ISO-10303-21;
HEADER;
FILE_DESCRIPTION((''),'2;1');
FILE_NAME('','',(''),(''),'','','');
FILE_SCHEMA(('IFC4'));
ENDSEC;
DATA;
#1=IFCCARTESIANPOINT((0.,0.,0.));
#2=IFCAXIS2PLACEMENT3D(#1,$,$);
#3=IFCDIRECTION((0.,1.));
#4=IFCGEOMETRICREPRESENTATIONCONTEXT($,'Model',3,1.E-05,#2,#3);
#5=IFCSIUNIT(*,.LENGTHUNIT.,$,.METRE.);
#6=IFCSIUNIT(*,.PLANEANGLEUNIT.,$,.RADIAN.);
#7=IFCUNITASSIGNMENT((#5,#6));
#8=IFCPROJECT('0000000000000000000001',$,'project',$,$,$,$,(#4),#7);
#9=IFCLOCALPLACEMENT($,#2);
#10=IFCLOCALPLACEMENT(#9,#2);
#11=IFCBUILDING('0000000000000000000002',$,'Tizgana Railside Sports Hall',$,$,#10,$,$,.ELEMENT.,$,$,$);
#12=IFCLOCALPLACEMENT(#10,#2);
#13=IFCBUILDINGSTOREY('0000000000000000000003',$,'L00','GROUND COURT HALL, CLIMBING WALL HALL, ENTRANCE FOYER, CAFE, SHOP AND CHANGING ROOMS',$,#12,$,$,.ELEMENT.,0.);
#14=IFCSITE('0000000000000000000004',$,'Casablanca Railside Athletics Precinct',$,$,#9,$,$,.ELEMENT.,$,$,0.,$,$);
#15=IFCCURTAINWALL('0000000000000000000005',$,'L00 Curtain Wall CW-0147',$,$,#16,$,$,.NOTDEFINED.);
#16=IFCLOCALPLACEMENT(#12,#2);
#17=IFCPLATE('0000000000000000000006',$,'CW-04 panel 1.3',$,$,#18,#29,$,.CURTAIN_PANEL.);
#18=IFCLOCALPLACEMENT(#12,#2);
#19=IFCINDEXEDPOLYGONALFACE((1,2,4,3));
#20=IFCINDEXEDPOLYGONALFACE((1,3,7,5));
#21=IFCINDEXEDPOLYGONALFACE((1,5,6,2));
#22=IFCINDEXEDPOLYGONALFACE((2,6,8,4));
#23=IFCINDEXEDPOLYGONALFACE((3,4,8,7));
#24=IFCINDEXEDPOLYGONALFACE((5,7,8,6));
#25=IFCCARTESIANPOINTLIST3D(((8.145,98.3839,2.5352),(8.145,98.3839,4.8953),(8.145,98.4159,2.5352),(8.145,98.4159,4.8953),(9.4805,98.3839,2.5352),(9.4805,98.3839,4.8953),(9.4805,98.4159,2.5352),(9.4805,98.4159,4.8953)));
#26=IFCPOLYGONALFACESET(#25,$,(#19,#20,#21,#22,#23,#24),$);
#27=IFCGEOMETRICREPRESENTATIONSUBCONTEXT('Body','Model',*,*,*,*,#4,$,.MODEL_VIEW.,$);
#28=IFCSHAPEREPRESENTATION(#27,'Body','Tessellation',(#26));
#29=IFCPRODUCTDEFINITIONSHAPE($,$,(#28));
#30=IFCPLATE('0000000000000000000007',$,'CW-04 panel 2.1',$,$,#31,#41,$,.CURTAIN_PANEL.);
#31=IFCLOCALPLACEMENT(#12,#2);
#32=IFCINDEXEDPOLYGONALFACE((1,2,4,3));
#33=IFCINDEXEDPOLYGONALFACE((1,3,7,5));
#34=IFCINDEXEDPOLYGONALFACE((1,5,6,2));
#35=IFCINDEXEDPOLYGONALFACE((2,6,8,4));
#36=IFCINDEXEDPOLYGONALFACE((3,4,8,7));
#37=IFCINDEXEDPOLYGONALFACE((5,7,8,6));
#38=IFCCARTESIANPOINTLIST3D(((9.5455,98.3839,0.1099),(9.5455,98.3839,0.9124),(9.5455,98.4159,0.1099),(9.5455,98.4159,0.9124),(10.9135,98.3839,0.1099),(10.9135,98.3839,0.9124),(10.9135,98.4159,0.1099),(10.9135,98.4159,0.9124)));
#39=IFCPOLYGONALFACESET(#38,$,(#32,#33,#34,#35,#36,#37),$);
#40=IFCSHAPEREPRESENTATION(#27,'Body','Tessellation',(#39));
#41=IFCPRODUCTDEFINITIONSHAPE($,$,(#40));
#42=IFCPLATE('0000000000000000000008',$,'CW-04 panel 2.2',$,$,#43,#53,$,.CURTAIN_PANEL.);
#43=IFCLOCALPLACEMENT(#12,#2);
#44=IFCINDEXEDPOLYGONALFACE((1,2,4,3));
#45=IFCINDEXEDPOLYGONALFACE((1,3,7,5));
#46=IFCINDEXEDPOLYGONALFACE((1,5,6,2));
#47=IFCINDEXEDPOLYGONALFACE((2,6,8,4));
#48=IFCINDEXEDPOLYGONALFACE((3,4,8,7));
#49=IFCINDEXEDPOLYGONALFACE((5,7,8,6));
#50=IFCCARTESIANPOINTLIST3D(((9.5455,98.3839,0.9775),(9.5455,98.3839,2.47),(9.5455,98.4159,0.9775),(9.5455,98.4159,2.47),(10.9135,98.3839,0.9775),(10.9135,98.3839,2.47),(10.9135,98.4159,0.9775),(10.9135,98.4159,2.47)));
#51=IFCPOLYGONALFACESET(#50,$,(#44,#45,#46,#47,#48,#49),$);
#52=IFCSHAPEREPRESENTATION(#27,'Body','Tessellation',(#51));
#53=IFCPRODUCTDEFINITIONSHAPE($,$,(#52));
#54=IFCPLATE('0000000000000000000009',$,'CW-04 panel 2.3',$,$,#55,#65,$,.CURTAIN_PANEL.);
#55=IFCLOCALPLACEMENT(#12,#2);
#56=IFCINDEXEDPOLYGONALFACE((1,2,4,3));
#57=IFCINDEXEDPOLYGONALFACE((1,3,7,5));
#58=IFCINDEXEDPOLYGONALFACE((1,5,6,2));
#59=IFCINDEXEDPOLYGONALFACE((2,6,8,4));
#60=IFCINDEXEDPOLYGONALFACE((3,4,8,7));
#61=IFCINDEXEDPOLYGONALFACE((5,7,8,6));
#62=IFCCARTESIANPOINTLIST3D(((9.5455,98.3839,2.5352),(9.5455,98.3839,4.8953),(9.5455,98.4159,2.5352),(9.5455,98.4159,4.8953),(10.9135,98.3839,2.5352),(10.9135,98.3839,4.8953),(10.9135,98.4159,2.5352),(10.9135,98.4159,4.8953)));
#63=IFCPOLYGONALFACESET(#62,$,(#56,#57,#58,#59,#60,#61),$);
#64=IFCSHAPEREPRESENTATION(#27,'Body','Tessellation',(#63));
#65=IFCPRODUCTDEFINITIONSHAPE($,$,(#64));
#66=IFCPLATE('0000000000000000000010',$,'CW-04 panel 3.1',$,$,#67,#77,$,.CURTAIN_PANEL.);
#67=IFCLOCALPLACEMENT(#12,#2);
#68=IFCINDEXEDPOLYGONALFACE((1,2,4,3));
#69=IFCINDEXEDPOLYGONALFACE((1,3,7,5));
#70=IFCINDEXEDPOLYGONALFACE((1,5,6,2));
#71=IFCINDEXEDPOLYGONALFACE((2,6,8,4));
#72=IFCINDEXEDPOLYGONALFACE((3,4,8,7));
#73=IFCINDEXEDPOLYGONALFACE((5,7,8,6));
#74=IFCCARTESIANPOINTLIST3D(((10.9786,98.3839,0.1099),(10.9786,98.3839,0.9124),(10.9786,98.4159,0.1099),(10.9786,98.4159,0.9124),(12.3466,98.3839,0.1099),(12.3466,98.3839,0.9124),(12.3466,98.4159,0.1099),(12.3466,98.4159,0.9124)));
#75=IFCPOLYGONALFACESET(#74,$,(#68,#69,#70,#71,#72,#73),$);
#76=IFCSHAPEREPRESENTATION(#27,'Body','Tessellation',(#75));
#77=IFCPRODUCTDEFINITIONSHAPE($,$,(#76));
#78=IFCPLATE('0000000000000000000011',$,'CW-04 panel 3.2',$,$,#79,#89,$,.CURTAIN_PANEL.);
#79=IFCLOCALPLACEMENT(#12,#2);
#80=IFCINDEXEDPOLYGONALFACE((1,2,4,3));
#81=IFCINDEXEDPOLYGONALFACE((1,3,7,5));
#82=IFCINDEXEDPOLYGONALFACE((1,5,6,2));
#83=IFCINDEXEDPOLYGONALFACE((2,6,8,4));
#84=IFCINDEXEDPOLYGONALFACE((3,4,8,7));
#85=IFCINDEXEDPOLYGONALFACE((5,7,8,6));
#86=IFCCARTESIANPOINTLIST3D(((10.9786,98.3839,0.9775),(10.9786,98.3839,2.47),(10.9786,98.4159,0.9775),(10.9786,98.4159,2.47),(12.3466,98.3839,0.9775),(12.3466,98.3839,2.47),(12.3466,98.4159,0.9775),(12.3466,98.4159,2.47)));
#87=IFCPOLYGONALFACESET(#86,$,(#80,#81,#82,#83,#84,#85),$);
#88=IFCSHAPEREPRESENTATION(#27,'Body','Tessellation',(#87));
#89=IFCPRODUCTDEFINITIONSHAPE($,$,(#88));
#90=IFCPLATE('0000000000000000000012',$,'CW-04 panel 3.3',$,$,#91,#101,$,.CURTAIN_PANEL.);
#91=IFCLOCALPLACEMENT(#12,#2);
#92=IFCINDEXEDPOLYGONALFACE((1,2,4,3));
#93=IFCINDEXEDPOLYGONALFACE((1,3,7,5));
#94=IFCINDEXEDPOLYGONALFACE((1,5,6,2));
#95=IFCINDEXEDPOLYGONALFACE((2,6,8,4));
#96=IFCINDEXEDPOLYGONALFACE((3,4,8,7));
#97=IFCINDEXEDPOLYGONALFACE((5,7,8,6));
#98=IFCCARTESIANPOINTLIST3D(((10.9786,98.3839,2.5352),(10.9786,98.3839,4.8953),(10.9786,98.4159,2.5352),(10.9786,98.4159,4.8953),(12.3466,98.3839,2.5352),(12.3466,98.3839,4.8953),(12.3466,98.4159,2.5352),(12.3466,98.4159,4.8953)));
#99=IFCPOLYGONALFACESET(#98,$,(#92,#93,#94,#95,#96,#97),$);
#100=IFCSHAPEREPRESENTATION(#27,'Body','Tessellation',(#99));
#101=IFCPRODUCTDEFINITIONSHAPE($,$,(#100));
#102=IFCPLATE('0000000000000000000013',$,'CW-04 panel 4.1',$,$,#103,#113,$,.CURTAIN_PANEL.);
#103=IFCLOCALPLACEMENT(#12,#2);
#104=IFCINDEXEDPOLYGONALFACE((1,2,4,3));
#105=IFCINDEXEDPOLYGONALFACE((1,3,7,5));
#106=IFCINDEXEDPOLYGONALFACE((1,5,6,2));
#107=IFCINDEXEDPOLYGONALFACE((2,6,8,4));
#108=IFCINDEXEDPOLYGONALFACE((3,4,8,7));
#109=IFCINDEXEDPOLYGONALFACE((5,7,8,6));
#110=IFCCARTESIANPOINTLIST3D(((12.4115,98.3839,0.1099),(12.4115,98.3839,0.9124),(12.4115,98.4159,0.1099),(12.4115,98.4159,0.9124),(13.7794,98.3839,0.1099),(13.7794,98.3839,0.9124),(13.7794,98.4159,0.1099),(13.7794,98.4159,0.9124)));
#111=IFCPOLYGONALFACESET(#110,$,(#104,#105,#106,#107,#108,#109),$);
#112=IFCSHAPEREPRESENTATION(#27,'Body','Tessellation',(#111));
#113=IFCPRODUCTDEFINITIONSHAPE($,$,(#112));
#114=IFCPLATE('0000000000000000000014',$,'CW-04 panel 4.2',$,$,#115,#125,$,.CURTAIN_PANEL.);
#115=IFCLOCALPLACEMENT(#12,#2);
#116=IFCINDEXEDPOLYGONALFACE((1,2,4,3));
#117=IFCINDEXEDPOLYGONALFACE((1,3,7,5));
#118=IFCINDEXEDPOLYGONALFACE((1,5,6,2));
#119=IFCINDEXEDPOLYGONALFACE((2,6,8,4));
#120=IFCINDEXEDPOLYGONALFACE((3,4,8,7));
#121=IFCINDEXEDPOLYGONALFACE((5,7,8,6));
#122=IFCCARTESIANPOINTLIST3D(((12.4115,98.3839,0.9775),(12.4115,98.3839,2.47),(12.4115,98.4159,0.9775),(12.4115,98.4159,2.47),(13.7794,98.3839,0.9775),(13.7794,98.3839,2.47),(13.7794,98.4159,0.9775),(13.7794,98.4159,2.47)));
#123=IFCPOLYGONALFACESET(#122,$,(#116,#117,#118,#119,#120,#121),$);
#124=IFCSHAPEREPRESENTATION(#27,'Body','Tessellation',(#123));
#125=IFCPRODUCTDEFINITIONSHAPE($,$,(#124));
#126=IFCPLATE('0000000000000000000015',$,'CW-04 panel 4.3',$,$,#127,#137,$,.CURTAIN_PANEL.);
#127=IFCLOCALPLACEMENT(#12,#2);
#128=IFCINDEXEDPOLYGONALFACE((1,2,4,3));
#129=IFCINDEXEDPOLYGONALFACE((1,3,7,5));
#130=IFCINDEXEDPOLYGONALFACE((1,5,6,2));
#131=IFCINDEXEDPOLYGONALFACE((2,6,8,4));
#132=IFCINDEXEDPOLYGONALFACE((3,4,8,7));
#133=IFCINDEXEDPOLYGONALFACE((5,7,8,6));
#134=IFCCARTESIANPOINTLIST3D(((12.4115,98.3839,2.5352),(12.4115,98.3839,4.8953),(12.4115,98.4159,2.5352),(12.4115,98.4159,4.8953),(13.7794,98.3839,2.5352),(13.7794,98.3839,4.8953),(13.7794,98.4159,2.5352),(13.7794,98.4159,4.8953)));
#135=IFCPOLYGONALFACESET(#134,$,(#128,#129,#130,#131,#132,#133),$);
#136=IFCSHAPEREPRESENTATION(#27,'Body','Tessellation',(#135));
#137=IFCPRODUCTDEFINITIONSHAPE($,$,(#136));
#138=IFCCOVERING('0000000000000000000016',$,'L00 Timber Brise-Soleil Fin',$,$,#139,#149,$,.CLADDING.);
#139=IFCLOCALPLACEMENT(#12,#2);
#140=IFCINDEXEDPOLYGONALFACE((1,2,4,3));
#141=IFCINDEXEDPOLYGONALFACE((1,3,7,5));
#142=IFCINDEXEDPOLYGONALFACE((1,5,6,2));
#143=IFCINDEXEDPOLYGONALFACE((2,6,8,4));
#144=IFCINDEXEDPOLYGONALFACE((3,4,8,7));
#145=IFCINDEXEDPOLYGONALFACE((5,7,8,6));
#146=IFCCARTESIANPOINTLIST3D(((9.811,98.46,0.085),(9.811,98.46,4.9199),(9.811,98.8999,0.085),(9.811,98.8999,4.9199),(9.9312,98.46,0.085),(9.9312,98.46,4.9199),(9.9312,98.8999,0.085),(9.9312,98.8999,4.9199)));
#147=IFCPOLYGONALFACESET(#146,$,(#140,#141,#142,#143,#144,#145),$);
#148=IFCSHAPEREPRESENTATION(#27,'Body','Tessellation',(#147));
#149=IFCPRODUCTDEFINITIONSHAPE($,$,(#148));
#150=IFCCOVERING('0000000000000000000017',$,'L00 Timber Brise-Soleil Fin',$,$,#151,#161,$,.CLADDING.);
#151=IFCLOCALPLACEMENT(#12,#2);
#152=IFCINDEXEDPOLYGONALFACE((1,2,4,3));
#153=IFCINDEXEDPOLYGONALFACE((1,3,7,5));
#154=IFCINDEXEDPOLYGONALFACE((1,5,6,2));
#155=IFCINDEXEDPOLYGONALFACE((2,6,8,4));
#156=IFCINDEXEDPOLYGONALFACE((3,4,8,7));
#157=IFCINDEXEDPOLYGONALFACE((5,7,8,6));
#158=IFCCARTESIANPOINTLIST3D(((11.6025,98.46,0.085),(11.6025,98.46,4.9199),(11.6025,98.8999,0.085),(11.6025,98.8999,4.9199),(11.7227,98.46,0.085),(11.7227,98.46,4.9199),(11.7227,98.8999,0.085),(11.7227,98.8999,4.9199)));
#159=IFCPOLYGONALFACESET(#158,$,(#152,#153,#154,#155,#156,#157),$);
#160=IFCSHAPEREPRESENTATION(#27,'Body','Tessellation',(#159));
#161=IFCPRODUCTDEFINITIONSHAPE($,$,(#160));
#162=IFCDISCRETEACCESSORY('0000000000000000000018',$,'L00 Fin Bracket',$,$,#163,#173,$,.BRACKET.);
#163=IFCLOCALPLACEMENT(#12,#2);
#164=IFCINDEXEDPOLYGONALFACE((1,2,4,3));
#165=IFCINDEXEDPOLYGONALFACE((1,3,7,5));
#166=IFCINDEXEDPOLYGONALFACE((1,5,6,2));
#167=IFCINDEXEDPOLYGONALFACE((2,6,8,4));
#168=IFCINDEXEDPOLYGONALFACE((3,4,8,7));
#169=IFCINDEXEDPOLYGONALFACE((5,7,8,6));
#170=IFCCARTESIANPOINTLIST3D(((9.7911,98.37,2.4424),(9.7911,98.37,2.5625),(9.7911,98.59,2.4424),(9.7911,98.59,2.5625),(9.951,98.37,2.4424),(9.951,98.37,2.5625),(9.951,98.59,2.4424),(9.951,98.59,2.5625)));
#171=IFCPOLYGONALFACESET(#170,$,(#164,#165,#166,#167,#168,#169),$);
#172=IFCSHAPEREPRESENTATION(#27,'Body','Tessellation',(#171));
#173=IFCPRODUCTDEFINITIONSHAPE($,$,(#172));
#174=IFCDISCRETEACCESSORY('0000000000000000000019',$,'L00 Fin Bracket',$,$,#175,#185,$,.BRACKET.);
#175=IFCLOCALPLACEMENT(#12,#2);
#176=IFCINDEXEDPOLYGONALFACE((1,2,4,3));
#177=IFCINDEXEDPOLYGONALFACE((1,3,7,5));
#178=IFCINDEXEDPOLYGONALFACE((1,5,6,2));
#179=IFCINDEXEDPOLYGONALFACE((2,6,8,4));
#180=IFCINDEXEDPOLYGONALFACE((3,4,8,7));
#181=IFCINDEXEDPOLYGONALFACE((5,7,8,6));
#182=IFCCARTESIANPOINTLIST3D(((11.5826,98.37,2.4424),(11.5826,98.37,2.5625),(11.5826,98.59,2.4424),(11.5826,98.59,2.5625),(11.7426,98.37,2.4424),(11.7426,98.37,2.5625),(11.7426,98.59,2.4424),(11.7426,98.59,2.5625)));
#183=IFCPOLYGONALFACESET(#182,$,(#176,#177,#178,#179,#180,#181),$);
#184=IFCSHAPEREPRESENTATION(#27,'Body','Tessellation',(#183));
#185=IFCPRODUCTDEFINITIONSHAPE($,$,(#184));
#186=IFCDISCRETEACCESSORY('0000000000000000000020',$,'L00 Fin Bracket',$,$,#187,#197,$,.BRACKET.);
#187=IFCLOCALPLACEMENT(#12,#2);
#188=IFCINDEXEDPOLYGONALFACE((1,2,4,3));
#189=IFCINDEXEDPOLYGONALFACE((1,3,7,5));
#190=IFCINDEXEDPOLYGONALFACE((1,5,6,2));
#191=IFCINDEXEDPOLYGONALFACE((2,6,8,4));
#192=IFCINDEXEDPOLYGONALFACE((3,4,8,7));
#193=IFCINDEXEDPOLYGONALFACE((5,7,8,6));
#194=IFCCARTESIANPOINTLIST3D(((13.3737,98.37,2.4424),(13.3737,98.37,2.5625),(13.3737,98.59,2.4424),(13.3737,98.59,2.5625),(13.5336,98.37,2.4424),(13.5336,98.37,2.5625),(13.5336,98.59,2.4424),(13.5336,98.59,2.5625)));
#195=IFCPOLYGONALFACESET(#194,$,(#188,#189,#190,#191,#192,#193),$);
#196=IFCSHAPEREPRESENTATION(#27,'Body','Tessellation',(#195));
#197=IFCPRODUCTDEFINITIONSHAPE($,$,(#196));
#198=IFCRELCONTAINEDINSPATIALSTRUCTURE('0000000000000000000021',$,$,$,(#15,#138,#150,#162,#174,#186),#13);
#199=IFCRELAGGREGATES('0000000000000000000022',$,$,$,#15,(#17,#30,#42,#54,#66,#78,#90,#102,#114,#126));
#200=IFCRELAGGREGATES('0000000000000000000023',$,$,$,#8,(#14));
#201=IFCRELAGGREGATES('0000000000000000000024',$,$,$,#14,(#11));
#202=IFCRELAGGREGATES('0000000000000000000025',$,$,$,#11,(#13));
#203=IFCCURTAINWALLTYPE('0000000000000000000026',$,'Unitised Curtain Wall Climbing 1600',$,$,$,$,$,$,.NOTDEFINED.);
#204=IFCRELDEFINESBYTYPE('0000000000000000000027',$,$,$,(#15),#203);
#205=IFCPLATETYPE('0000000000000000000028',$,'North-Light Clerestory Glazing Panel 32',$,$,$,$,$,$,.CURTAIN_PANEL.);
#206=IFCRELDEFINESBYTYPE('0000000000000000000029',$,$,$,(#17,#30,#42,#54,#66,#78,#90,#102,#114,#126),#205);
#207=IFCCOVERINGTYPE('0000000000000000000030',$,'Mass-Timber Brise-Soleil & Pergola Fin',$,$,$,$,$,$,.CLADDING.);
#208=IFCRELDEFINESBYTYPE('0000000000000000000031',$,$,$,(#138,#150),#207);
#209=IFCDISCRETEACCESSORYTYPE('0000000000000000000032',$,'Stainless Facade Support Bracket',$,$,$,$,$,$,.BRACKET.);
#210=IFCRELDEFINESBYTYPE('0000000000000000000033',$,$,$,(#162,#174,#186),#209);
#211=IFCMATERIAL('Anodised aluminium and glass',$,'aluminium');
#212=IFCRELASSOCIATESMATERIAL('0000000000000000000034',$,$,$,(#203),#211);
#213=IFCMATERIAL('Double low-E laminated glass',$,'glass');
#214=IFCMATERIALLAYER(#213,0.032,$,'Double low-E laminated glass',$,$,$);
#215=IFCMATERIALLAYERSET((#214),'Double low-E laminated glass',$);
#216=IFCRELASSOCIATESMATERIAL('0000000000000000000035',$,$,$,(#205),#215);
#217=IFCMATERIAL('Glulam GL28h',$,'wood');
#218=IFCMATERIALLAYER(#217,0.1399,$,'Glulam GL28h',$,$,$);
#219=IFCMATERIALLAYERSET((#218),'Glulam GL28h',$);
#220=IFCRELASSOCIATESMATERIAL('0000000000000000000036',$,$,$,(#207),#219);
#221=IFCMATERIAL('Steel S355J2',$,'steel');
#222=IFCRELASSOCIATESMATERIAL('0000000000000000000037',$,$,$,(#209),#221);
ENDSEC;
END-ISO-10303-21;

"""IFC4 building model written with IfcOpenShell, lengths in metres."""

from ifc_helpers import new_model, si_unit, direction, frame, origin, origin_2d, place, context, subcontext, project, spatial, rectangle, extrude, material, layer, layer_set, type_object, element, aggregate, save


model = new_model("IFC4")

# Units and contexts
model_context = context("Model", 3, precision=1e-05, world=origin(), true_north=direction((0.0, 1.0)))
body_context = subcontext(model_context, "Body", "Model", "MODEL_VIEW")
ifc_project = project(units=[si_unit("LENGTHUNIT", "METRE"), si_unit("PLANEANGLEUNIT", "RADIAN")], contexts=[model_context])

# Site, building, storey
site_placement = place(None, origin())
site = spatial("IfcSite", under=ifc_project, at=site_placement, Name="Casablanca Railside Athletics Precinct", CompositionType="ELEMENT", RefElevation=0.0)
building_placement = place(site_placement, origin())
building = spatial("IfcBuilding", under=site, at=building_placement, Name="Tizgana Railside Sports Hall", CompositionType="ELEMENT")
storey_placement = place(building_placement, origin())
storey = spatial("IfcBuildingStorey", under=building, at=storey_placement, Name="L00", Description="GROUND COURT HALL, CLIMBING WALL HALL, ENTRANCE FOYER, CAFE, SHOP AND CHANGING ROOMS", CompositionType="ELEMENT", Elevation=0.0)

# Curtain wall, plates
ifc_material_1 = material(Name="Anodised aluminium and glass", Category="aluminium")
curtain_wall_type = type_object("IfcCurtainWallType", Name="Unitised Curtain Wall Climbing 1600", PredefinedType="NOTDEFINED", material=ifc_material_1)
curtain_wall_placement = place(storey_placement, origin())
curtain_wall = element("IfcCurtainWall", 1, at=curtain_wall_placement, inside=storey, type_object=curtain_wall_type, Name="L00 Curtain Wall CW-0147", PredefinedType="NOTDEFINED")
ifc_material_2 = material(Name="Double low-E laminated glass", Category="glass")
ifc_layer_1 = layer(ifc_material_2, 0.032, Name="Double low-E laminated glass")
ifc_layer_set_1 = layer_set([ifc_layer_1], Name="Double low-E laminated glass")
plate_type = type_object("IfcPlateType", Name="North-Light Clerestory Glazing Panel 32", PredefinedType="CURTAIN_PANEL", material=ifc_layer_set_1)
plate_1_placement = place(storey_placement, frame((8.8127, 98.3999, 2.5352), z_axis=(0.0, 0.0, 1.0), x_axis=(1.0, 0.0, 0.0)))
plate_1 = element("IfcPlate", 2, at=plate_1_placement, type_object=plate_type, Name="CW-04 panel 1.3", PredefinedType="CURTAIN_PANEL", context=body_context, shape_type="SweptSolid", body=[
    extrude(rectangle(XDim=1.3354, YDim=0.032, at=origin_2d()), origin(), (0.0, 0.0, 1.0), 2.3601),
])
plate_2_placement = place(storey_placement, frame((10.2295, 98.3999, 0.1099), z_axis=(0.0, 0.0, 1.0), x_axis=(1.0, 0.0, 0.0)))
plate_2 = element("IfcPlate", 3, at=plate_2_placement, type_object=plate_type, Name="CW-04 panel 2.1", PredefinedType="CURTAIN_PANEL", context=body_context, shape_type="SweptSolid", body=[
    extrude(rectangle(XDim=1.3679, YDim=0.032, at=origin_2d()), origin(), (0.0, 0.0, 1.0), 0.8025),
])
plate_3_placement = place(storey_placement, frame((10.2295, 98.3999, 0.9775), z_axis=(0.0, 0.0, 1.0), x_axis=(1.0, 0.0, 0.0)))
plate_3 = element("IfcPlate", 4, at=plate_3_placement, type_object=plate_type, Name="CW-04 panel 2.2", PredefinedType="CURTAIN_PANEL", context=body_context, shape_type="SweptSolid", body=[
    extrude(rectangle(XDim=1.3679, YDim=0.032, at=origin_2d()), origin(), (0.0, 0.0, 1.0), 1.4924),
])
plate_4_placement = place(storey_placement, frame((10.2295, 98.3999, 2.5352), z_axis=(0.0, 0.0, 1.0), x_axis=(1.0, 0.0, 0.0)))
plate_4 = element("IfcPlate", 5, at=plate_4_placement, type_object=plate_type, Name="CW-04 panel 2.3", PredefinedType="CURTAIN_PANEL", context=body_context, shape_type="SweptSolid", body=[
    extrude(rectangle(XDim=1.3679, YDim=0.032, at=origin_2d()), origin(), (0.0, 0.0, 1.0), 2.3601),
])
plate_5_placement = place(storey_placement, frame((11.6626, 98.3999, 0.1099), z_axis=(0.0, 0.0, 1.0), x_axis=(1.0, 0.0, 0.0)))
plate_5 = element("IfcPlate", 6, at=plate_5_placement, type_object=plate_type, Name="CW-04 panel 3.1", PredefinedType="CURTAIN_PANEL", context=body_context, shape_type="SweptSolid", body=[
    extrude(rectangle(XDim=1.3679, YDim=0.032, at=origin_2d()), origin(), (0.0, 0.0, 1.0), 0.8025),
])
plate_6_placement = place(storey_placement, frame((11.6626, 98.3999, 0.9775), z_axis=(0.0, 0.0, 1.0), x_axis=(1.0, 0.0, 0.0)))
plate_6 = element("IfcPlate", 7, at=plate_6_placement, type_object=plate_type, Name="CW-04 panel 3.2", PredefinedType="CURTAIN_PANEL", context=body_context, shape_type="SweptSolid", body=[
    extrude(rectangle(XDim=1.3679, YDim=0.032, at=origin_2d()), origin(), (0.0, 0.0, 1.0), 1.4924),
])
plate_7_placement = place(storey_placement, frame((11.6626, 98.3999, 2.5352), z_axis=(0.0, 0.0, 1.0), x_axis=(1.0, 0.0, 0.0)))
plate_7 = element("IfcPlate", 8, at=plate_7_placement, type_object=plate_type, Name="CW-04 panel 3.3", PredefinedType="CURTAIN_PANEL", context=body_context, shape_type="SweptSolid", body=[
    extrude(rectangle(XDim=1.3679, YDim=0.032, at=origin_2d()), origin(), (0.0, 0.0, 1.0), 2.3601),
])
plate_8_placement = place(storey_placement, frame((13.0955, 98.3999, 0.1099), z_axis=(0.0, 0.0, 1.0), x_axis=(1.0, 0.0, 0.0)))
plate_8 = element("IfcPlate", 9, at=plate_8_placement, type_object=plate_type, Name="CW-04 panel 4.1", PredefinedType="CURTAIN_PANEL", context=body_context, shape_type="SweptSolid", body=[
    extrude(rectangle(XDim=1.3679, YDim=0.032, at=origin_2d()), origin(), (0.0, 0.0, 1.0), 0.8025),
])
plate_9_placement = place(storey_placement, frame((13.0955, 98.3999, 0.9775), z_axis=(0.0, 0.0, 1.0), x_axis=(1.0, 0.0, 0.0)))
plate_9 = element("IfcPlate", 10, at=plate_9_placement, type_object=plate_type, Name="CW-04 panel 4.2", PredefinedType="CURTAIN_PANEL", context=body_context, shape_type="SweptSolid", body=[
    extrude(rectangle(XDim=1.3679, YDim=0.032, at=origin_2d()), origin(), (0.0, 0.0, 1.0), 1.4924),
])
plate_10_placement = place(storey_placement, frame((13.0955, 98.3999, 2.5352), z_axis=(0.0, 0.0, 1.0), x_axis=(1.0, 0.0, 0.0)))
plate_10 = element("IfcPlate", 11, at=plate_10_placement, type_object=plate_type, Name="CW-04 panel 4.3", PredefinedType="CURTAIN_PANEL", context=body_context, shape_type="SweptSolid", body=[
    extrude(rectangle(XDim=1.3679, YDim=0.032, at=origin_2d()), origin(), (0.0, 0.0, 1.0), 2.3601),
])
aggregate(curtain_wall, [plate_1, plate_2, plate_3, plate_4, plate_5, plate_6, plate_7, plate_8, plate_9, plate_10])

# Coverings
ifc_material_3 = material(Name="Glulam GL28h", Category="wood")
ifc_layer_2 = layer(ifc_material_3, 0.1399, Name="Glulam GL28h")
ifc_layer_set_2 = layer_set([ifc_layer_2], Name="Glulam GL28h")
covering_type = type_object("IfcCoveringType", Name="Mass-Timber Brise-Soleil & Pergola Fin", PredefinedType="CLADDING", material=ifc_layer_set_2)
for number, where, z_axis, x_axis, name in (
    (12, (9.8711, 98.6799, 0.085), (0.0, 0.0, 1.0), (1.0, 0.0, 0.0), "L00 Timber Brise-Soleil Fin"),
    (13, (11.6626, 98.6799, 0.085), (0.0, 0.0, 1.0), (1.0, 0.0, 0.0), "L00 Timber Brise-Soleil Fin"),
):
    element("IfcCovering", number, at=place(storey_placement, frame(where, z_axis=z_axis, x_axis=x_axis)), inside=storey, type_object=covering_type, Name=name, PredefinedType="CLADDING", context=body_context, shape_type="SweptSolid", body=[
        extrude(rectangle(XDim=0.1201, YDim=0.4399, at=origin_2d()), origin(), (0.0, 0.0, 1.0), 4.835),
    ])

# Discrete accessories
ifc_material_4 = material(Name="Steel S355J2", Category="steel")
discrete_accessory_type = type_object("IfcDiscreteAccessoryType", Name="Stainless Facade Support Bracket", PredefinedType="BRACKET", material=ifc_material_4)
for number, where, z_axis, x_axis, name in (
    (14, (9.8711, 98.48, 2.4424), (0.0, 0.0, 1.0), (1.0, 0.0, 0.0), "L00 Fin Bracket"),
    (15, (11.6626, 98.48, 2.4424), (0.0, 0.0, 1.0), (1.0, 0.0, 0.0), "L00 Fin Bracket"),
    (16, (13.4536, 98.48, 2.4424), (0.0, 0.0, 1.0), (1.0, 0.0, 0.0), "L00 Fin Bracket"),
):
    element("IfcDiscreteAccessory", number, at=place(storey_placement, frame(where, z_axis=z_axis, x_axis=x_axis)), inside=storey, type_object=discrete_accessory_type, Name=name, PredefinedType="BRACKET", context=body_context, shape_type="SweptSolid", body=[
        extrude(rectangle(XDim=0.1599, YDim=0.22, at=origin_2d()), origin(), (0.0, 0.0, 1.0), 0.1201),
    ])

save(model, "model.ifc")
